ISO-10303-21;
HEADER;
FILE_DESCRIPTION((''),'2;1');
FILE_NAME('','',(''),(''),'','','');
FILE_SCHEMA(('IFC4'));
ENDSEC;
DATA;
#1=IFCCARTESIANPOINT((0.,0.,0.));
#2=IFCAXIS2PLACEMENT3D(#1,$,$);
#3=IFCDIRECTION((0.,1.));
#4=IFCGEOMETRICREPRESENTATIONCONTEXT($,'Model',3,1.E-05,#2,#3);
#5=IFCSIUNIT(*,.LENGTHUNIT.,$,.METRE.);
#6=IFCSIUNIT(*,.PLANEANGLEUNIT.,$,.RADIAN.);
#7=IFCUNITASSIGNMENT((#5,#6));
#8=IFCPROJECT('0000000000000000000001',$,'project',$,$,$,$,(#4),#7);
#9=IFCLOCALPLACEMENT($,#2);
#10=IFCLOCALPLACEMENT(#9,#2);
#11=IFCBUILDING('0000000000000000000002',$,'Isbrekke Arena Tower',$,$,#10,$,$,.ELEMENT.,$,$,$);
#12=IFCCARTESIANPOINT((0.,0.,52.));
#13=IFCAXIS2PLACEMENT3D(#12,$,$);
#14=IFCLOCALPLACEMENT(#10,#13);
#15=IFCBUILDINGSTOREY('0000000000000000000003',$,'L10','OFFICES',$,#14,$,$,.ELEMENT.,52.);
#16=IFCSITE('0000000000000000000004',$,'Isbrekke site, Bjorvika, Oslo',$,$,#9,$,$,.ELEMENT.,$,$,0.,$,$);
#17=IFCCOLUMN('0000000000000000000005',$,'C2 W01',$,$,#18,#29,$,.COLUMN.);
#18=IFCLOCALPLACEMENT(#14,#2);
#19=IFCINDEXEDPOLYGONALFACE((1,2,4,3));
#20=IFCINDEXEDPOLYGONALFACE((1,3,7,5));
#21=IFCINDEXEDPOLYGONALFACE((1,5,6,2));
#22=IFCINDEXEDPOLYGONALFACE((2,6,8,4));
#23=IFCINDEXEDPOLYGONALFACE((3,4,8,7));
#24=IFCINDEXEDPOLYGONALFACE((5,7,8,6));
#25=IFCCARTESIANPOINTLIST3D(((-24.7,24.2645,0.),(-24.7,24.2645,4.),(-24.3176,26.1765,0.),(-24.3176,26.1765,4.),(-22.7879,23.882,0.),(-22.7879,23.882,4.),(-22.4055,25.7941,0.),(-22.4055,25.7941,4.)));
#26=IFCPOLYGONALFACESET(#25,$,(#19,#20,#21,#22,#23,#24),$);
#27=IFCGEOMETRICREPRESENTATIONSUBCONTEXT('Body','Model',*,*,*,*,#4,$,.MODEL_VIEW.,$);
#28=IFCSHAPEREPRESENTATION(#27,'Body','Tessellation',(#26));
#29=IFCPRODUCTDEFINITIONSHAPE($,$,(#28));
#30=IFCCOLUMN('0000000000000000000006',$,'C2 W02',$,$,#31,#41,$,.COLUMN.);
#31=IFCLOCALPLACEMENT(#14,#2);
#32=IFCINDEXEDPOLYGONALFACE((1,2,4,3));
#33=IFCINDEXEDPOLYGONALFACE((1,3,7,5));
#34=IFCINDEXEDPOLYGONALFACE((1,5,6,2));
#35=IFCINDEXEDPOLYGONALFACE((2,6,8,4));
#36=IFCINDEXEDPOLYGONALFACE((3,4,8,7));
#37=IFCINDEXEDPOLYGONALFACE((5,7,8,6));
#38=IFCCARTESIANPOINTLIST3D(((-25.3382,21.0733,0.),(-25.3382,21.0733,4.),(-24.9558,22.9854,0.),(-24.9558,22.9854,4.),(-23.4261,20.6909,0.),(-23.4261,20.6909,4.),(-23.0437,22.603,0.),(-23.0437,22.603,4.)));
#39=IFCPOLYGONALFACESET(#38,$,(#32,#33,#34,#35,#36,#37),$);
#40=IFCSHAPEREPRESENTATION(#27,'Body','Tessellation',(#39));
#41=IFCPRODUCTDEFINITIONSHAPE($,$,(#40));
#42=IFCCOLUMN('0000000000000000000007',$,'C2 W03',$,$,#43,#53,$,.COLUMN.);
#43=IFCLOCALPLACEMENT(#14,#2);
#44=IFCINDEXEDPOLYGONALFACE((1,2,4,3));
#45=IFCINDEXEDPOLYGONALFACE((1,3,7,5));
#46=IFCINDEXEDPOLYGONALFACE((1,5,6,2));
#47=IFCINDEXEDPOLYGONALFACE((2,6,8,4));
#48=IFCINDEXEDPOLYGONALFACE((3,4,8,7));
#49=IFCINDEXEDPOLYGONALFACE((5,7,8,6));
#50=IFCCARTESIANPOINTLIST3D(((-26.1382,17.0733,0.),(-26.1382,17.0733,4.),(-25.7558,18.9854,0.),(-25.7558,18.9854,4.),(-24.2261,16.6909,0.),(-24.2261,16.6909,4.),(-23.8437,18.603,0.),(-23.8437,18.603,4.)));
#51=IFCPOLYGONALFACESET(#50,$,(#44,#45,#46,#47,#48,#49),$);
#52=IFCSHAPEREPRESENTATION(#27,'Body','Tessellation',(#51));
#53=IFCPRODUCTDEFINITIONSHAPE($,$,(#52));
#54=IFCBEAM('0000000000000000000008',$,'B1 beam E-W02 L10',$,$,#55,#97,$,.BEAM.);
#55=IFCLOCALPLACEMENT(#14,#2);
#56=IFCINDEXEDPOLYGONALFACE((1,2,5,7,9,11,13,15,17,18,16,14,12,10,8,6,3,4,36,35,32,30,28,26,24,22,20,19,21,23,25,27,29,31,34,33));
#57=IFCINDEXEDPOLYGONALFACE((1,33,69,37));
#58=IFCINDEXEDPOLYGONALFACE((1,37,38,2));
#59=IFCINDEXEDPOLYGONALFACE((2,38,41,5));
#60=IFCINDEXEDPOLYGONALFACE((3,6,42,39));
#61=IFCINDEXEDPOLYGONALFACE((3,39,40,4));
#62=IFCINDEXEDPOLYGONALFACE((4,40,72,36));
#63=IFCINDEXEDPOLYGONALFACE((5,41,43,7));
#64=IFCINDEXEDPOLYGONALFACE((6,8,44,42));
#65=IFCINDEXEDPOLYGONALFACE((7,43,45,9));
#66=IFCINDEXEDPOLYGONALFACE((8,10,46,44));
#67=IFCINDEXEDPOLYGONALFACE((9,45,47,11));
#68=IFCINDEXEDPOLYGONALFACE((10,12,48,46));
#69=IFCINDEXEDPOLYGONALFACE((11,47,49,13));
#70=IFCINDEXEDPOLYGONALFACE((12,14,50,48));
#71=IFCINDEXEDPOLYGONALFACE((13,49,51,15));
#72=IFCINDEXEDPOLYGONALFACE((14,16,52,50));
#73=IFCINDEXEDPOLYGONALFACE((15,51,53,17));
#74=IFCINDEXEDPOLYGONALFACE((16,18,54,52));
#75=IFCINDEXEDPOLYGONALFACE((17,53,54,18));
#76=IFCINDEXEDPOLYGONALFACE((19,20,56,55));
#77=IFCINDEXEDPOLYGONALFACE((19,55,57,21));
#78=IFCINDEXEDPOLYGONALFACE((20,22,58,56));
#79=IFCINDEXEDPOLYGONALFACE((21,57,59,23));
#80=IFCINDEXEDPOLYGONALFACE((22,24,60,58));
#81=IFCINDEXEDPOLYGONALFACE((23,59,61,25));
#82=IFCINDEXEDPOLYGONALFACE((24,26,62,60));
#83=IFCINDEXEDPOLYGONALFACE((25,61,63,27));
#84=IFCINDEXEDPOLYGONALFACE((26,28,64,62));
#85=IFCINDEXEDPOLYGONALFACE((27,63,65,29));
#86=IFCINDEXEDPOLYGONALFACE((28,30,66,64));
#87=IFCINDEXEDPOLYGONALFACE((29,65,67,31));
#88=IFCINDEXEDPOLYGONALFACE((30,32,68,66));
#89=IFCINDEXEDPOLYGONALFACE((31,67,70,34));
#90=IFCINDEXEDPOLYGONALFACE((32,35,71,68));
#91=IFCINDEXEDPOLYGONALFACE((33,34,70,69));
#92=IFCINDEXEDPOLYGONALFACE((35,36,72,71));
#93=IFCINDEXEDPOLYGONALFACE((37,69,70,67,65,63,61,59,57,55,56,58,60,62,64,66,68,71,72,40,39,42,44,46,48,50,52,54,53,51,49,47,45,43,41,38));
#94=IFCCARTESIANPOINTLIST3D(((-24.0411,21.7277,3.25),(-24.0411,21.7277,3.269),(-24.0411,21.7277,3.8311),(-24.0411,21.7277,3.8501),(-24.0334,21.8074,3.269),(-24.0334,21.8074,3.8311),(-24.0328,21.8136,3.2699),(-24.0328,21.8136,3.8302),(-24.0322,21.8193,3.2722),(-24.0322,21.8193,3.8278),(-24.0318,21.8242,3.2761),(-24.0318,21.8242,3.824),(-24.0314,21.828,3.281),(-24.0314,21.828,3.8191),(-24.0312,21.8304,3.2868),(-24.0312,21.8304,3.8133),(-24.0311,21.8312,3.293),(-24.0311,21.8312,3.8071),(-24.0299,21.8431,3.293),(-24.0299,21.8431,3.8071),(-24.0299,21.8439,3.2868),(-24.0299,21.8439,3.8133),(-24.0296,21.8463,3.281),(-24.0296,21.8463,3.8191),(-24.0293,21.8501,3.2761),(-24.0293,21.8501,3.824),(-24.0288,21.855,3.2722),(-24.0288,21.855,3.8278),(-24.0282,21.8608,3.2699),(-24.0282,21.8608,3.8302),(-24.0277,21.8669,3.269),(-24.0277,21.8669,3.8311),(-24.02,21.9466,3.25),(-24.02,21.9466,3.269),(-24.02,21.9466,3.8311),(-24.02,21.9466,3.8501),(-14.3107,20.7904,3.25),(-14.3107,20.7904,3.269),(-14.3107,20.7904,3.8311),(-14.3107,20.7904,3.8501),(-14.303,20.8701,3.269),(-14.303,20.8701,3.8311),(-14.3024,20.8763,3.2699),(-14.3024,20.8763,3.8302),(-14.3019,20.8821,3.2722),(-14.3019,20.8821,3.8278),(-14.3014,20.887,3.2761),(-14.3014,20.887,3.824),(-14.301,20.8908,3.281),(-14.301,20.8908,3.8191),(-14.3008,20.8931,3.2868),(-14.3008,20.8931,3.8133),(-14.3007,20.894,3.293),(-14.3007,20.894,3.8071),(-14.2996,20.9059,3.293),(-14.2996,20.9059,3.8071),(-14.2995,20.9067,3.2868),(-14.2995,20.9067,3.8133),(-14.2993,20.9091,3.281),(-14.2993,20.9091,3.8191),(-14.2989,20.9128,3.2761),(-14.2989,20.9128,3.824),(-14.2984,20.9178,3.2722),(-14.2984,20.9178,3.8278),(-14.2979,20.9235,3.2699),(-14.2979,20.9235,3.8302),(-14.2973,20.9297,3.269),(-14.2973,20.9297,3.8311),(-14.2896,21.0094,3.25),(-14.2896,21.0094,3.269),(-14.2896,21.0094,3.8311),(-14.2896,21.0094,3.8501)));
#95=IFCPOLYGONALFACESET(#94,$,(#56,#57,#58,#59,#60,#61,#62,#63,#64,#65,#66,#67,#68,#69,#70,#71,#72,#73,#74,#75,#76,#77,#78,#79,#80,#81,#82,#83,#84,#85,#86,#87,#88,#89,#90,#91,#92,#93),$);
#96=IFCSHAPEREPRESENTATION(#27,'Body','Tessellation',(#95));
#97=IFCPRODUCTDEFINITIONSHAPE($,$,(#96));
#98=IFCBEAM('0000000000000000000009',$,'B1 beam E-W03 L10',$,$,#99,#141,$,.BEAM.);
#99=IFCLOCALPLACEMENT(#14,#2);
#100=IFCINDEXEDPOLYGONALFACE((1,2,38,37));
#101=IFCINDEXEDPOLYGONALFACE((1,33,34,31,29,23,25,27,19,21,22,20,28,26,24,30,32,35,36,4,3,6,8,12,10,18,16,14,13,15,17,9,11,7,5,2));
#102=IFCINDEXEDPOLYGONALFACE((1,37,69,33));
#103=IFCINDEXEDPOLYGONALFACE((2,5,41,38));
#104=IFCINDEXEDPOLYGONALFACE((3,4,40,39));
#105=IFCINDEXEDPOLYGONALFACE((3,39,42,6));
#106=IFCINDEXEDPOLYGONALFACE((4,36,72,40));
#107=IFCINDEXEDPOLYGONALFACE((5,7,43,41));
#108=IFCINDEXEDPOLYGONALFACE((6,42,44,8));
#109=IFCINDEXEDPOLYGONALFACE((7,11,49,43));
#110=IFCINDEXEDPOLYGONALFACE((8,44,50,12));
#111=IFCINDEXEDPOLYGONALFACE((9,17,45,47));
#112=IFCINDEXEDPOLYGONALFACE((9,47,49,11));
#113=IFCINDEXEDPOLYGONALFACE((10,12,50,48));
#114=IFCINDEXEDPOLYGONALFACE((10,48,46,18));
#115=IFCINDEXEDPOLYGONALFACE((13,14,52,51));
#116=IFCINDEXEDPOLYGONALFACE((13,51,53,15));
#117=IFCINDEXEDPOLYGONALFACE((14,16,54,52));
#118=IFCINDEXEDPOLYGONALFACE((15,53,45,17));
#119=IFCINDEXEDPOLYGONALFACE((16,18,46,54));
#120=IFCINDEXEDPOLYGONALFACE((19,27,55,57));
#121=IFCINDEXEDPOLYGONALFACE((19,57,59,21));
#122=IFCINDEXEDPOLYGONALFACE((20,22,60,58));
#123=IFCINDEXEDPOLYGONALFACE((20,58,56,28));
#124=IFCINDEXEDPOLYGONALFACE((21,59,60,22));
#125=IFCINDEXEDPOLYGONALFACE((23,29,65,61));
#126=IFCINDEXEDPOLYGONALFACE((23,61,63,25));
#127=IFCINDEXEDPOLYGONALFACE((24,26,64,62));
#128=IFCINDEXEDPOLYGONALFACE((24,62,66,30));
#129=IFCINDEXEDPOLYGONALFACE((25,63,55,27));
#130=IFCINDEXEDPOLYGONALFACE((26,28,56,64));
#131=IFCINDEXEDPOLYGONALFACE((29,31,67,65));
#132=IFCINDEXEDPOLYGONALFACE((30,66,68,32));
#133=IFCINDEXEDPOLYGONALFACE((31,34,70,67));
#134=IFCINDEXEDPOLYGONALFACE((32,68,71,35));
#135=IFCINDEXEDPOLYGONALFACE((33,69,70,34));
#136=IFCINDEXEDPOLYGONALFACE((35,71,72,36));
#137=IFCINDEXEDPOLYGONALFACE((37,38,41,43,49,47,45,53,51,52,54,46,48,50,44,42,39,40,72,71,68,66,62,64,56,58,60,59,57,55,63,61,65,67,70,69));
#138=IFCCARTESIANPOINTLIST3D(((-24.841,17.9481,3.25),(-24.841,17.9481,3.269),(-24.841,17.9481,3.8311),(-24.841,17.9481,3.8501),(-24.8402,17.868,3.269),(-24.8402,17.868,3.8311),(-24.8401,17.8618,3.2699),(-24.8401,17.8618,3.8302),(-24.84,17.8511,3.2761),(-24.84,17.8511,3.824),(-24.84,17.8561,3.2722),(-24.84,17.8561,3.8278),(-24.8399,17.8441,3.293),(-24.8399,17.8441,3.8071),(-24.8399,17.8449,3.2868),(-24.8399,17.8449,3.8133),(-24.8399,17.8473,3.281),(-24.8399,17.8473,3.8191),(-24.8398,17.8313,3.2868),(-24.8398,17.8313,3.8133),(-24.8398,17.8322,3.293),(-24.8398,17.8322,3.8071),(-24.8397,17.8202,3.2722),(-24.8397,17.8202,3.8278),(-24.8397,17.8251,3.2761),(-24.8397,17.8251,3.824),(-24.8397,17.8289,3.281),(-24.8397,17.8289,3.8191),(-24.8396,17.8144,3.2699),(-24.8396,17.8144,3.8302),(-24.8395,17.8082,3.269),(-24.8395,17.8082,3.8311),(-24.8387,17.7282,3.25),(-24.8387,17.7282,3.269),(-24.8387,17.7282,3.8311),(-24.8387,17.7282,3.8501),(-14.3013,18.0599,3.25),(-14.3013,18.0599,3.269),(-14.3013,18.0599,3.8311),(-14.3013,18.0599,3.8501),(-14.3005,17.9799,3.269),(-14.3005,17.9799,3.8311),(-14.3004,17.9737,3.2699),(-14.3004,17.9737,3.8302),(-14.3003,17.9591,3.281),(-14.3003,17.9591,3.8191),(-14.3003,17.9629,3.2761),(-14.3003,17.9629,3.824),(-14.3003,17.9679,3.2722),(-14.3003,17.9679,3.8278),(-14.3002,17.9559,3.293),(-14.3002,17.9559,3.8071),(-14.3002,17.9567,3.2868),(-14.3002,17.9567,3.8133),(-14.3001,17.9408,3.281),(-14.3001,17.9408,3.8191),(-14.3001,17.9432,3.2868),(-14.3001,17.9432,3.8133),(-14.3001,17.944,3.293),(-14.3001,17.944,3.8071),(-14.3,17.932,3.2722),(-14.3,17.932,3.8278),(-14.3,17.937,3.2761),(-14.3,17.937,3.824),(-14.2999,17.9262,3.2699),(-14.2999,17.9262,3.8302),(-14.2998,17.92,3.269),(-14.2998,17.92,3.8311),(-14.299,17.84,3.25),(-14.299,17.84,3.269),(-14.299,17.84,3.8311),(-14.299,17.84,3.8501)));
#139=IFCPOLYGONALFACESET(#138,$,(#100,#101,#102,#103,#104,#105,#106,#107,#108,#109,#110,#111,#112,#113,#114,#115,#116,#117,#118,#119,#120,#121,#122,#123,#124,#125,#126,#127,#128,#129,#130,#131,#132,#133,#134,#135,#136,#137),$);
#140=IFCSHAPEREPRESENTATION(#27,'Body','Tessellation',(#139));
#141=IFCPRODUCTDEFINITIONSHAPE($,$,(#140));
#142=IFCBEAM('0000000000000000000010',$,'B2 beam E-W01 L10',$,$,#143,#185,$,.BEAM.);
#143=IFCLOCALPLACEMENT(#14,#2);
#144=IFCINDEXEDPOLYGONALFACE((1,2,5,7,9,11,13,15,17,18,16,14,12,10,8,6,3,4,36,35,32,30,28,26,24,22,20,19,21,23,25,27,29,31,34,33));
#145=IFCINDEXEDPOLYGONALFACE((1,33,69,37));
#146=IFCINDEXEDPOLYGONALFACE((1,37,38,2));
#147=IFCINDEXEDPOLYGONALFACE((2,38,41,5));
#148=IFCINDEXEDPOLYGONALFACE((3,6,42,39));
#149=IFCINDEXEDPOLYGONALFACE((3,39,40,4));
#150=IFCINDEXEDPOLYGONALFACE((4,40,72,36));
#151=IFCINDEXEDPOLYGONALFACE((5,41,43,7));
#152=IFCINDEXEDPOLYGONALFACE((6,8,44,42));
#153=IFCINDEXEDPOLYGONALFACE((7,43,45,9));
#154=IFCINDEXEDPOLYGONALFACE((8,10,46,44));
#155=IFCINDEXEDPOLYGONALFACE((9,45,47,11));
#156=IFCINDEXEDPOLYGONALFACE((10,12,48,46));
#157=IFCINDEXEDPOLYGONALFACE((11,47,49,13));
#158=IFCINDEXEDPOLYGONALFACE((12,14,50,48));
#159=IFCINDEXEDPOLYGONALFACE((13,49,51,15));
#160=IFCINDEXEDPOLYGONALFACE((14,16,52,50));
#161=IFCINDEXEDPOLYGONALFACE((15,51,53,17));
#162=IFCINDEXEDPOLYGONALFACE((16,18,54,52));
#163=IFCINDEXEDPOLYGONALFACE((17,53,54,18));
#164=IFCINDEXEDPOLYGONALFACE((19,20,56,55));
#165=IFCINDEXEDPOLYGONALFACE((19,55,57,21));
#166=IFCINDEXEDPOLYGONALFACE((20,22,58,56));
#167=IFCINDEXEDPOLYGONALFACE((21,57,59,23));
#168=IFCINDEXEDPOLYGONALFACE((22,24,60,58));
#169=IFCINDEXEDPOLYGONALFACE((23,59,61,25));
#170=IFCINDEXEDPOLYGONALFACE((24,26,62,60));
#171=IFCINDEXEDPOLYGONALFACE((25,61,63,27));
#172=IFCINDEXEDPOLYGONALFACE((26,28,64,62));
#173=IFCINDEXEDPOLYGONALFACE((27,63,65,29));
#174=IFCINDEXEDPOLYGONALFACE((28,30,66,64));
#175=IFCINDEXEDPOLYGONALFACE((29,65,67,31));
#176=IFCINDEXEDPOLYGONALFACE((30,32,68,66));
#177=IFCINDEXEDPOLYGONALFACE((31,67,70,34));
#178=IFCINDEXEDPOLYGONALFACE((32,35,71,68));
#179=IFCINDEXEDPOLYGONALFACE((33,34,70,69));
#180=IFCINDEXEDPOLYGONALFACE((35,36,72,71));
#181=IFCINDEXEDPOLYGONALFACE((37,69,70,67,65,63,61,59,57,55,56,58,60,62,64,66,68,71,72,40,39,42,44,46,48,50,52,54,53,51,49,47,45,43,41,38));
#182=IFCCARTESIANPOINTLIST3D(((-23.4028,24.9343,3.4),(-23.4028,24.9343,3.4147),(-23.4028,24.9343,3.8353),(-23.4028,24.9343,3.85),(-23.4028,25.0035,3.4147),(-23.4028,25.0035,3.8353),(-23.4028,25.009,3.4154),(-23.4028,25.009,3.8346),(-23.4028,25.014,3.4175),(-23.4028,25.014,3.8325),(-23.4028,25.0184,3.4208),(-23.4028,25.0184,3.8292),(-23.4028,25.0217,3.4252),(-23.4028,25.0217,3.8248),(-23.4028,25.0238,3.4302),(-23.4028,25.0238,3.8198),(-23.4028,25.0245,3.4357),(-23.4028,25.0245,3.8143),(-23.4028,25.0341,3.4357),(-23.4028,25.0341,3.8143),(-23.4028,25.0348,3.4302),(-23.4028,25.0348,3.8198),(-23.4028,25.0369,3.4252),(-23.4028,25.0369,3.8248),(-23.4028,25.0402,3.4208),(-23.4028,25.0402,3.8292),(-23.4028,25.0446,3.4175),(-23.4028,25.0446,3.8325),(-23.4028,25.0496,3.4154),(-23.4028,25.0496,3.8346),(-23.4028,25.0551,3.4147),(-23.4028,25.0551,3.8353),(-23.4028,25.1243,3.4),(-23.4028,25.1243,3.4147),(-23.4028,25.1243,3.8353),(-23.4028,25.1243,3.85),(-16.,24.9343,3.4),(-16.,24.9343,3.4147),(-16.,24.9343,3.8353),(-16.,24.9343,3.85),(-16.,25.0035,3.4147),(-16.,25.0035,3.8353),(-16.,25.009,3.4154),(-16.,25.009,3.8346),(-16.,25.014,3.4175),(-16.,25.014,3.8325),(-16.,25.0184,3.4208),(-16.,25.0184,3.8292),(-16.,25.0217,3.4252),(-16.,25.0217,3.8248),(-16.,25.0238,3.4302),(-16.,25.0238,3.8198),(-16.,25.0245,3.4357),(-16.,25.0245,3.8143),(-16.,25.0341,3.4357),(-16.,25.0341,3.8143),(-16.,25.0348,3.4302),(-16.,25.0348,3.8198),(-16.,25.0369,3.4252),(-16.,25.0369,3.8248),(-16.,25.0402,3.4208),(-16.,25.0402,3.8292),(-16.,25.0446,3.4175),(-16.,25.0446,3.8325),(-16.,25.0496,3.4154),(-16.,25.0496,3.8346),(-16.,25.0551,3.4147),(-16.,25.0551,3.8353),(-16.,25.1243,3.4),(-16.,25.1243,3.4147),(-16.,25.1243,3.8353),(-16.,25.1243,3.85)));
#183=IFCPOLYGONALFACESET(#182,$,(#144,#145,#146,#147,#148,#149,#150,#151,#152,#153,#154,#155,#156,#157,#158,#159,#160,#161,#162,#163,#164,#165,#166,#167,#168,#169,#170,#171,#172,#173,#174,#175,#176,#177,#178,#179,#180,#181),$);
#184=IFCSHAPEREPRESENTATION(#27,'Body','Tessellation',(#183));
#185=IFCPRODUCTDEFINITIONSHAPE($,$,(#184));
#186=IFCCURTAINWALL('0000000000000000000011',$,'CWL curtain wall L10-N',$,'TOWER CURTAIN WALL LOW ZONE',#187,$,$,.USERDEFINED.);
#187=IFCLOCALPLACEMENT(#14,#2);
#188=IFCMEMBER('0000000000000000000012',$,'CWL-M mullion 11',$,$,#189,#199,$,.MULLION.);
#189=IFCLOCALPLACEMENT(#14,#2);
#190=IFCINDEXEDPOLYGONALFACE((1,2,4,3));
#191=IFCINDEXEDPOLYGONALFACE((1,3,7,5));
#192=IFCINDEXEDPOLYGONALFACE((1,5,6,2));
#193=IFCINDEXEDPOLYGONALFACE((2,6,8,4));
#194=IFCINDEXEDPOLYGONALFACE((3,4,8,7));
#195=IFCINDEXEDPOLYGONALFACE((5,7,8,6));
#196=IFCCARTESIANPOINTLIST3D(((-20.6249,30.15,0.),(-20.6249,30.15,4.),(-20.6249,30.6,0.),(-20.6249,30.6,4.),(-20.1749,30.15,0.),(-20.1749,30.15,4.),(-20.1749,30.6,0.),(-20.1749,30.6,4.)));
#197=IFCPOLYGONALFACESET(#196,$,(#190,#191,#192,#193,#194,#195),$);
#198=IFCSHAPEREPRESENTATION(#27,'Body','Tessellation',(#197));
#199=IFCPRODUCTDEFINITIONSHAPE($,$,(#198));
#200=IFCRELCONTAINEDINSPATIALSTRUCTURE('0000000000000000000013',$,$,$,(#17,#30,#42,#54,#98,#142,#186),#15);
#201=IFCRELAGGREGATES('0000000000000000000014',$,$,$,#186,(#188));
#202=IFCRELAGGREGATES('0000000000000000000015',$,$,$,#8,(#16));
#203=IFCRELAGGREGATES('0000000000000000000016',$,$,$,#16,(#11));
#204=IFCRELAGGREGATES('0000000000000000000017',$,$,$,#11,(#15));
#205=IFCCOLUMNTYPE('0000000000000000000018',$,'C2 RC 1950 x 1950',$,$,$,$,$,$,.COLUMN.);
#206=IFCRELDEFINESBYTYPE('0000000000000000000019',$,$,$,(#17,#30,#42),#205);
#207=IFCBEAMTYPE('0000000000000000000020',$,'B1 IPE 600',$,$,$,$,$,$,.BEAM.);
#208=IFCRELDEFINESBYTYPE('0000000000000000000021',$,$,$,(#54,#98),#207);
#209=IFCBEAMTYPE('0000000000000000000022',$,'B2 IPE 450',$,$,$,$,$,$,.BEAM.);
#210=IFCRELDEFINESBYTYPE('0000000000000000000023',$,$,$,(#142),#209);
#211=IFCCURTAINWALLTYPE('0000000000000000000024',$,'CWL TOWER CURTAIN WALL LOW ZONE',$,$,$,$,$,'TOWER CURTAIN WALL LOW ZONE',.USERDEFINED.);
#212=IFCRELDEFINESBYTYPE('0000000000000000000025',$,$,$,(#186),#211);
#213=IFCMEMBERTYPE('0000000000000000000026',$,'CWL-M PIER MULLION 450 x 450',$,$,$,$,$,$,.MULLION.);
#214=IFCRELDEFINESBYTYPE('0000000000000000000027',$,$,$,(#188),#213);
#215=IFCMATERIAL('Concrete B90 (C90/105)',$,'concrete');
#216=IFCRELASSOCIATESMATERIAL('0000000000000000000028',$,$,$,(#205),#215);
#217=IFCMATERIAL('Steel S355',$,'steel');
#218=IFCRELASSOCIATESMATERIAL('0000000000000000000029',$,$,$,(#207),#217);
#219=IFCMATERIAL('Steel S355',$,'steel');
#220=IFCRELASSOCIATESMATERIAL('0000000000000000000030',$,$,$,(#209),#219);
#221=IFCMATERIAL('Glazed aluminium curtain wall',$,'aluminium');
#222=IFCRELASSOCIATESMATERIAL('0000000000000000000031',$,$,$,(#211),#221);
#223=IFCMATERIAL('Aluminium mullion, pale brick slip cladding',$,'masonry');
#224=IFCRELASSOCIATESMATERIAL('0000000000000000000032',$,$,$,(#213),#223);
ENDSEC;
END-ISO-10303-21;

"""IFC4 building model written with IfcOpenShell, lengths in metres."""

from ifc_helpers import new_model, si_unit, direction, frame, origin, origin_2d, place, context, subcontext, project, spatial, rectangle, i_section, extrude, material, material_profile, profile_set, type_object, element, aggregate, save


model = new_model("IFC4")

# Units and contexts
model_context = context("Model", 3, precision=1e-05, world=origin(), true_north=direction((0.0, 1.0)))
body_context = subcontext(model_context, "Body", "Model", "MODEL_VIEW")
ifc_project = project(units=[si_unit("LENGTHUNIT", "METRE"), si_unit("PLANEANGLEUNIT", "RADIAN")], contexts=[model_context])

# Site, building, storey
site_placement = place(None, origin())
site = spatial("IfcSite", under=ifc_project, at=site_placement, Name="Isbrekke site, Bjorvika, Oslo", CompositionType="ELEMENT", RefElevation=0.0)
building_placement = place(site_placement, origin())
building = spatial("IfcBuilding", under=site, at=building_placement, Name="Isbrekke Arena Tower", CompositionType="ELEMENT")
storey_placement = place(building_placement, frame((0.0, 0.0, 52.0)))
storey = spatial("IfcBuildingStorey", under=building, at=storey_placement, Name="L10", Description="OFFICES", CompositionType="ELEMENT", Elevation=52.0)

# Columns
ifc_material_1 = material(Name="Concrete B90 (C90/105)", Category="concrete")
ifc_material_profile_1 = material_profile(ifc_material_1, rectangle(XDim=1.95, YDim=1.95, at=origin_2d()), Name="RC 1950x1950")
ifc_profile_set_1 = profile_set([ifc_material_profile_1], Name="Concrete B90 (C90/105)")
column_type = type_object("IfcColumnType", Name="C2 RC 1950 x 1950", PredefinedType="COLUMN", material=ifc_profile_set_1)
for number, where, z_axis, x_axis, name in (
    (1, (-23.5527, 25.0293, 0.0), (0.0, 0.0, 1.0), (-0.196116, -0.980581, 0.0), "C2 W01"),
    (2, (-24.1909, 21.8381, 0.0), (0.0, 0.0, 1.0), (-0.196116, -0.980581, 0.0), "C2 W02"),
    (3, (-24.991, 17.8381, 0.0), (0.0, 0.0, 1.0), (-0.196116, -0.980581, 0.0), "C2 W03"),
):
    element("IfcColumn", number, at=place(storey_placement, frame(where, z_axis=z_axis, x_axis=x_axis)), inside=storey, type_object=column_type, Name=name, PredefinedType="COLUMN", context=body_context, shape_type="SweptSolid", body=[
        extrude(rectangle(XDim=1.95, YDim=1.95, at=origin_2d()), origin(), (0.0, 0.0, 1.0), 4.0),
    ])

# Beams
ifc_material_2 = material(Name="Steel S355", Category="steel")
ifc_material_profile_2 = material_profile(ifc_material_2, i_section(OverallWidth=0.22, OverallDepth=0.6001, WebThickness=0.012, FlangeThickness=0.019, FilletRadius=0.0239, at=origin_2d()), Name="IPE 600")
ifc_profile_set_2 = profile_set([ifc_material_profile_2], Name="Steel S355")
beam_type_1 = type_object("IfcBeamType", Name="B1 IPE 600", PredefinedType="BEAM", material=ifc_profile_set_2)
beam_1_placement = place(storey_placement, frame((-24.0305, 21.8372, 3.55), z_axis=(0.995393, -0.095878, 0.0), x_axis=(0.095878, 0.995393, 0.0)))
element("IfcBeam", 4, at=beam_1_placement, inside=storey, type_object=beam_type_1, Name="B1 beam E-W02 L10", PredefinedType="BEAM", context=body_context, shape_type="SweptSolid", body=[
    extrude(i_section(OverallWidth=0.22, OverallDepth=0.6001, WebThickness=0.012, FlangeThickness=0.019, FilletRadius=0.0239, at=origin_2d()), origin(), (0.0, 0.0, 1.0), 9.7754),
])
beam_2_placement = place(storey_placement, frame((-24.8398, 17.8381, 3.55), z_axis=(0.999944, 0.010608, 0.0), x_axis=(-0.010608, 0.999944, 0.0)))
element("IfcBeam", 5, at=beam_2_placement, inside=storey, type_object=beam_type_1, Name="B1 beam E-W03 L10", PredefinedType="BEAM", context=body_context, shape_type="SweptSolid", body=[
    extrude(i_section(OverallWidth=0.22, OverallDepth=0.6001, WebThickness=0.012, FlangeThickness=0.019, FilletRadius=0.0239, at=origin_2d()), origin(), (0.0, 0.0, 1.0), 10.5403),
])
ifc_material_3 = material(Name="Steel S355", Category="steel")
ifc_material_profile_3 = material_profile(ifc_material_3, i_section(OverallWidth=0.1899, OverallDepth=0.45, WebThickness=0.0095, FlangeThickness=0.0146, FilletRadius=0.021, at=origin_2d()), Name="IPE 450")
ifc_profile_set_3 = profile_set([ifc_material_profile_3], Name="Steel S355")
beam_type_2 = type_object("IfcBeamType", Name="B2 IPE 450", PredefinedType="BEAM", material=ifc_profile_set_3)
beam_3_placement = place(storey_placement, frame((-23.4028, 25.0293, 3.625), z_axis=(1.0, 0.0, 0.0), x_axis=(0.0, 1.0, 0.0)))
element("IfcBeam", 6, at=beam_3_placement, inside=storey, type_object=beam_type_2, Name="B2 beam E-W01 L10", PredefinedType="BEAM", context=body_context, shape_type="SweptSolid", body=[
    extrude(i_section(OverallWidth=0.1899, OverallDepth=0.45, WebThickness=0.0095, FlangeThickness=0.0146, FilletRadius=0.021, at=origin_2d()), origin(), (0.0, 0.0, 1.0), 7.4028),
])

# Curtain wall, member
ifc_material_4 = material(Name="Glazed aluminium curtain wall", Category="aluminium")
curtain_wall_type = type_object("IfcCurtainWallType", Name="CWL TOWER CURTAIN WALL LOW ZONE", ElementType="TOWER CURTAIN WALL LOW ZONE", PredefinedType="USERDEFINED", material=ifc_material_4)
curtain_wall_1_placement = place(storey_placement, origin())
curtain_wall_1 = element("IfcCurtainWall", 7, at=curtain_wall_1_placement, inside=storey, type_object=curtain_wall_type, Name="CWL curtain wall L10-N", ObjectType="TOWER CURTAIN WALL LOW ZONE", PredefinedType="USERDEFINED")
ifc_material_5 = material(Name="Aluminium mullion, pale brick slip cladding", Category="masonry")
ifc_material_profile_4 = material_profile(ifc_material_5, rectangle(XDim=0.45, YDim=0.45, at=origin_2d()), Name="PIER 450X450")
ifc_profile_set_4 = profile_set([ifc_material_profile_4], Name="Aluminium mullion, pale brick slip cladding")
member_type_1 = type_object("IfcMemberType", Name="CWL-M PIER MULLION 450 x 450", PredefinedType="MULLION", material=ifc_profile_set_4)
member_1_placement = place(storey_placement, frame((-20.3999, 30.375, 0.0), z_axis=(0.0, 0.0, 1.0), x_axis=(-1.0, 0.0, 0.0)))
member_1 = element("IfcMember", 8, at=member_1_placement, type_object=member_type_1, Name="CWL-M mullion 11", PredefinedType="MULLION", context=body_context, shape_type="SweptSolid", body=[
    extrude(rectangle(XDim=0.45, YDim=0.45, at=origin_2d()), origin(), (0.0, 0.0, 1.0), 4.0),
])
aggregate(curtain_wall_1, [member_1])

save(model, "model.ifc")
